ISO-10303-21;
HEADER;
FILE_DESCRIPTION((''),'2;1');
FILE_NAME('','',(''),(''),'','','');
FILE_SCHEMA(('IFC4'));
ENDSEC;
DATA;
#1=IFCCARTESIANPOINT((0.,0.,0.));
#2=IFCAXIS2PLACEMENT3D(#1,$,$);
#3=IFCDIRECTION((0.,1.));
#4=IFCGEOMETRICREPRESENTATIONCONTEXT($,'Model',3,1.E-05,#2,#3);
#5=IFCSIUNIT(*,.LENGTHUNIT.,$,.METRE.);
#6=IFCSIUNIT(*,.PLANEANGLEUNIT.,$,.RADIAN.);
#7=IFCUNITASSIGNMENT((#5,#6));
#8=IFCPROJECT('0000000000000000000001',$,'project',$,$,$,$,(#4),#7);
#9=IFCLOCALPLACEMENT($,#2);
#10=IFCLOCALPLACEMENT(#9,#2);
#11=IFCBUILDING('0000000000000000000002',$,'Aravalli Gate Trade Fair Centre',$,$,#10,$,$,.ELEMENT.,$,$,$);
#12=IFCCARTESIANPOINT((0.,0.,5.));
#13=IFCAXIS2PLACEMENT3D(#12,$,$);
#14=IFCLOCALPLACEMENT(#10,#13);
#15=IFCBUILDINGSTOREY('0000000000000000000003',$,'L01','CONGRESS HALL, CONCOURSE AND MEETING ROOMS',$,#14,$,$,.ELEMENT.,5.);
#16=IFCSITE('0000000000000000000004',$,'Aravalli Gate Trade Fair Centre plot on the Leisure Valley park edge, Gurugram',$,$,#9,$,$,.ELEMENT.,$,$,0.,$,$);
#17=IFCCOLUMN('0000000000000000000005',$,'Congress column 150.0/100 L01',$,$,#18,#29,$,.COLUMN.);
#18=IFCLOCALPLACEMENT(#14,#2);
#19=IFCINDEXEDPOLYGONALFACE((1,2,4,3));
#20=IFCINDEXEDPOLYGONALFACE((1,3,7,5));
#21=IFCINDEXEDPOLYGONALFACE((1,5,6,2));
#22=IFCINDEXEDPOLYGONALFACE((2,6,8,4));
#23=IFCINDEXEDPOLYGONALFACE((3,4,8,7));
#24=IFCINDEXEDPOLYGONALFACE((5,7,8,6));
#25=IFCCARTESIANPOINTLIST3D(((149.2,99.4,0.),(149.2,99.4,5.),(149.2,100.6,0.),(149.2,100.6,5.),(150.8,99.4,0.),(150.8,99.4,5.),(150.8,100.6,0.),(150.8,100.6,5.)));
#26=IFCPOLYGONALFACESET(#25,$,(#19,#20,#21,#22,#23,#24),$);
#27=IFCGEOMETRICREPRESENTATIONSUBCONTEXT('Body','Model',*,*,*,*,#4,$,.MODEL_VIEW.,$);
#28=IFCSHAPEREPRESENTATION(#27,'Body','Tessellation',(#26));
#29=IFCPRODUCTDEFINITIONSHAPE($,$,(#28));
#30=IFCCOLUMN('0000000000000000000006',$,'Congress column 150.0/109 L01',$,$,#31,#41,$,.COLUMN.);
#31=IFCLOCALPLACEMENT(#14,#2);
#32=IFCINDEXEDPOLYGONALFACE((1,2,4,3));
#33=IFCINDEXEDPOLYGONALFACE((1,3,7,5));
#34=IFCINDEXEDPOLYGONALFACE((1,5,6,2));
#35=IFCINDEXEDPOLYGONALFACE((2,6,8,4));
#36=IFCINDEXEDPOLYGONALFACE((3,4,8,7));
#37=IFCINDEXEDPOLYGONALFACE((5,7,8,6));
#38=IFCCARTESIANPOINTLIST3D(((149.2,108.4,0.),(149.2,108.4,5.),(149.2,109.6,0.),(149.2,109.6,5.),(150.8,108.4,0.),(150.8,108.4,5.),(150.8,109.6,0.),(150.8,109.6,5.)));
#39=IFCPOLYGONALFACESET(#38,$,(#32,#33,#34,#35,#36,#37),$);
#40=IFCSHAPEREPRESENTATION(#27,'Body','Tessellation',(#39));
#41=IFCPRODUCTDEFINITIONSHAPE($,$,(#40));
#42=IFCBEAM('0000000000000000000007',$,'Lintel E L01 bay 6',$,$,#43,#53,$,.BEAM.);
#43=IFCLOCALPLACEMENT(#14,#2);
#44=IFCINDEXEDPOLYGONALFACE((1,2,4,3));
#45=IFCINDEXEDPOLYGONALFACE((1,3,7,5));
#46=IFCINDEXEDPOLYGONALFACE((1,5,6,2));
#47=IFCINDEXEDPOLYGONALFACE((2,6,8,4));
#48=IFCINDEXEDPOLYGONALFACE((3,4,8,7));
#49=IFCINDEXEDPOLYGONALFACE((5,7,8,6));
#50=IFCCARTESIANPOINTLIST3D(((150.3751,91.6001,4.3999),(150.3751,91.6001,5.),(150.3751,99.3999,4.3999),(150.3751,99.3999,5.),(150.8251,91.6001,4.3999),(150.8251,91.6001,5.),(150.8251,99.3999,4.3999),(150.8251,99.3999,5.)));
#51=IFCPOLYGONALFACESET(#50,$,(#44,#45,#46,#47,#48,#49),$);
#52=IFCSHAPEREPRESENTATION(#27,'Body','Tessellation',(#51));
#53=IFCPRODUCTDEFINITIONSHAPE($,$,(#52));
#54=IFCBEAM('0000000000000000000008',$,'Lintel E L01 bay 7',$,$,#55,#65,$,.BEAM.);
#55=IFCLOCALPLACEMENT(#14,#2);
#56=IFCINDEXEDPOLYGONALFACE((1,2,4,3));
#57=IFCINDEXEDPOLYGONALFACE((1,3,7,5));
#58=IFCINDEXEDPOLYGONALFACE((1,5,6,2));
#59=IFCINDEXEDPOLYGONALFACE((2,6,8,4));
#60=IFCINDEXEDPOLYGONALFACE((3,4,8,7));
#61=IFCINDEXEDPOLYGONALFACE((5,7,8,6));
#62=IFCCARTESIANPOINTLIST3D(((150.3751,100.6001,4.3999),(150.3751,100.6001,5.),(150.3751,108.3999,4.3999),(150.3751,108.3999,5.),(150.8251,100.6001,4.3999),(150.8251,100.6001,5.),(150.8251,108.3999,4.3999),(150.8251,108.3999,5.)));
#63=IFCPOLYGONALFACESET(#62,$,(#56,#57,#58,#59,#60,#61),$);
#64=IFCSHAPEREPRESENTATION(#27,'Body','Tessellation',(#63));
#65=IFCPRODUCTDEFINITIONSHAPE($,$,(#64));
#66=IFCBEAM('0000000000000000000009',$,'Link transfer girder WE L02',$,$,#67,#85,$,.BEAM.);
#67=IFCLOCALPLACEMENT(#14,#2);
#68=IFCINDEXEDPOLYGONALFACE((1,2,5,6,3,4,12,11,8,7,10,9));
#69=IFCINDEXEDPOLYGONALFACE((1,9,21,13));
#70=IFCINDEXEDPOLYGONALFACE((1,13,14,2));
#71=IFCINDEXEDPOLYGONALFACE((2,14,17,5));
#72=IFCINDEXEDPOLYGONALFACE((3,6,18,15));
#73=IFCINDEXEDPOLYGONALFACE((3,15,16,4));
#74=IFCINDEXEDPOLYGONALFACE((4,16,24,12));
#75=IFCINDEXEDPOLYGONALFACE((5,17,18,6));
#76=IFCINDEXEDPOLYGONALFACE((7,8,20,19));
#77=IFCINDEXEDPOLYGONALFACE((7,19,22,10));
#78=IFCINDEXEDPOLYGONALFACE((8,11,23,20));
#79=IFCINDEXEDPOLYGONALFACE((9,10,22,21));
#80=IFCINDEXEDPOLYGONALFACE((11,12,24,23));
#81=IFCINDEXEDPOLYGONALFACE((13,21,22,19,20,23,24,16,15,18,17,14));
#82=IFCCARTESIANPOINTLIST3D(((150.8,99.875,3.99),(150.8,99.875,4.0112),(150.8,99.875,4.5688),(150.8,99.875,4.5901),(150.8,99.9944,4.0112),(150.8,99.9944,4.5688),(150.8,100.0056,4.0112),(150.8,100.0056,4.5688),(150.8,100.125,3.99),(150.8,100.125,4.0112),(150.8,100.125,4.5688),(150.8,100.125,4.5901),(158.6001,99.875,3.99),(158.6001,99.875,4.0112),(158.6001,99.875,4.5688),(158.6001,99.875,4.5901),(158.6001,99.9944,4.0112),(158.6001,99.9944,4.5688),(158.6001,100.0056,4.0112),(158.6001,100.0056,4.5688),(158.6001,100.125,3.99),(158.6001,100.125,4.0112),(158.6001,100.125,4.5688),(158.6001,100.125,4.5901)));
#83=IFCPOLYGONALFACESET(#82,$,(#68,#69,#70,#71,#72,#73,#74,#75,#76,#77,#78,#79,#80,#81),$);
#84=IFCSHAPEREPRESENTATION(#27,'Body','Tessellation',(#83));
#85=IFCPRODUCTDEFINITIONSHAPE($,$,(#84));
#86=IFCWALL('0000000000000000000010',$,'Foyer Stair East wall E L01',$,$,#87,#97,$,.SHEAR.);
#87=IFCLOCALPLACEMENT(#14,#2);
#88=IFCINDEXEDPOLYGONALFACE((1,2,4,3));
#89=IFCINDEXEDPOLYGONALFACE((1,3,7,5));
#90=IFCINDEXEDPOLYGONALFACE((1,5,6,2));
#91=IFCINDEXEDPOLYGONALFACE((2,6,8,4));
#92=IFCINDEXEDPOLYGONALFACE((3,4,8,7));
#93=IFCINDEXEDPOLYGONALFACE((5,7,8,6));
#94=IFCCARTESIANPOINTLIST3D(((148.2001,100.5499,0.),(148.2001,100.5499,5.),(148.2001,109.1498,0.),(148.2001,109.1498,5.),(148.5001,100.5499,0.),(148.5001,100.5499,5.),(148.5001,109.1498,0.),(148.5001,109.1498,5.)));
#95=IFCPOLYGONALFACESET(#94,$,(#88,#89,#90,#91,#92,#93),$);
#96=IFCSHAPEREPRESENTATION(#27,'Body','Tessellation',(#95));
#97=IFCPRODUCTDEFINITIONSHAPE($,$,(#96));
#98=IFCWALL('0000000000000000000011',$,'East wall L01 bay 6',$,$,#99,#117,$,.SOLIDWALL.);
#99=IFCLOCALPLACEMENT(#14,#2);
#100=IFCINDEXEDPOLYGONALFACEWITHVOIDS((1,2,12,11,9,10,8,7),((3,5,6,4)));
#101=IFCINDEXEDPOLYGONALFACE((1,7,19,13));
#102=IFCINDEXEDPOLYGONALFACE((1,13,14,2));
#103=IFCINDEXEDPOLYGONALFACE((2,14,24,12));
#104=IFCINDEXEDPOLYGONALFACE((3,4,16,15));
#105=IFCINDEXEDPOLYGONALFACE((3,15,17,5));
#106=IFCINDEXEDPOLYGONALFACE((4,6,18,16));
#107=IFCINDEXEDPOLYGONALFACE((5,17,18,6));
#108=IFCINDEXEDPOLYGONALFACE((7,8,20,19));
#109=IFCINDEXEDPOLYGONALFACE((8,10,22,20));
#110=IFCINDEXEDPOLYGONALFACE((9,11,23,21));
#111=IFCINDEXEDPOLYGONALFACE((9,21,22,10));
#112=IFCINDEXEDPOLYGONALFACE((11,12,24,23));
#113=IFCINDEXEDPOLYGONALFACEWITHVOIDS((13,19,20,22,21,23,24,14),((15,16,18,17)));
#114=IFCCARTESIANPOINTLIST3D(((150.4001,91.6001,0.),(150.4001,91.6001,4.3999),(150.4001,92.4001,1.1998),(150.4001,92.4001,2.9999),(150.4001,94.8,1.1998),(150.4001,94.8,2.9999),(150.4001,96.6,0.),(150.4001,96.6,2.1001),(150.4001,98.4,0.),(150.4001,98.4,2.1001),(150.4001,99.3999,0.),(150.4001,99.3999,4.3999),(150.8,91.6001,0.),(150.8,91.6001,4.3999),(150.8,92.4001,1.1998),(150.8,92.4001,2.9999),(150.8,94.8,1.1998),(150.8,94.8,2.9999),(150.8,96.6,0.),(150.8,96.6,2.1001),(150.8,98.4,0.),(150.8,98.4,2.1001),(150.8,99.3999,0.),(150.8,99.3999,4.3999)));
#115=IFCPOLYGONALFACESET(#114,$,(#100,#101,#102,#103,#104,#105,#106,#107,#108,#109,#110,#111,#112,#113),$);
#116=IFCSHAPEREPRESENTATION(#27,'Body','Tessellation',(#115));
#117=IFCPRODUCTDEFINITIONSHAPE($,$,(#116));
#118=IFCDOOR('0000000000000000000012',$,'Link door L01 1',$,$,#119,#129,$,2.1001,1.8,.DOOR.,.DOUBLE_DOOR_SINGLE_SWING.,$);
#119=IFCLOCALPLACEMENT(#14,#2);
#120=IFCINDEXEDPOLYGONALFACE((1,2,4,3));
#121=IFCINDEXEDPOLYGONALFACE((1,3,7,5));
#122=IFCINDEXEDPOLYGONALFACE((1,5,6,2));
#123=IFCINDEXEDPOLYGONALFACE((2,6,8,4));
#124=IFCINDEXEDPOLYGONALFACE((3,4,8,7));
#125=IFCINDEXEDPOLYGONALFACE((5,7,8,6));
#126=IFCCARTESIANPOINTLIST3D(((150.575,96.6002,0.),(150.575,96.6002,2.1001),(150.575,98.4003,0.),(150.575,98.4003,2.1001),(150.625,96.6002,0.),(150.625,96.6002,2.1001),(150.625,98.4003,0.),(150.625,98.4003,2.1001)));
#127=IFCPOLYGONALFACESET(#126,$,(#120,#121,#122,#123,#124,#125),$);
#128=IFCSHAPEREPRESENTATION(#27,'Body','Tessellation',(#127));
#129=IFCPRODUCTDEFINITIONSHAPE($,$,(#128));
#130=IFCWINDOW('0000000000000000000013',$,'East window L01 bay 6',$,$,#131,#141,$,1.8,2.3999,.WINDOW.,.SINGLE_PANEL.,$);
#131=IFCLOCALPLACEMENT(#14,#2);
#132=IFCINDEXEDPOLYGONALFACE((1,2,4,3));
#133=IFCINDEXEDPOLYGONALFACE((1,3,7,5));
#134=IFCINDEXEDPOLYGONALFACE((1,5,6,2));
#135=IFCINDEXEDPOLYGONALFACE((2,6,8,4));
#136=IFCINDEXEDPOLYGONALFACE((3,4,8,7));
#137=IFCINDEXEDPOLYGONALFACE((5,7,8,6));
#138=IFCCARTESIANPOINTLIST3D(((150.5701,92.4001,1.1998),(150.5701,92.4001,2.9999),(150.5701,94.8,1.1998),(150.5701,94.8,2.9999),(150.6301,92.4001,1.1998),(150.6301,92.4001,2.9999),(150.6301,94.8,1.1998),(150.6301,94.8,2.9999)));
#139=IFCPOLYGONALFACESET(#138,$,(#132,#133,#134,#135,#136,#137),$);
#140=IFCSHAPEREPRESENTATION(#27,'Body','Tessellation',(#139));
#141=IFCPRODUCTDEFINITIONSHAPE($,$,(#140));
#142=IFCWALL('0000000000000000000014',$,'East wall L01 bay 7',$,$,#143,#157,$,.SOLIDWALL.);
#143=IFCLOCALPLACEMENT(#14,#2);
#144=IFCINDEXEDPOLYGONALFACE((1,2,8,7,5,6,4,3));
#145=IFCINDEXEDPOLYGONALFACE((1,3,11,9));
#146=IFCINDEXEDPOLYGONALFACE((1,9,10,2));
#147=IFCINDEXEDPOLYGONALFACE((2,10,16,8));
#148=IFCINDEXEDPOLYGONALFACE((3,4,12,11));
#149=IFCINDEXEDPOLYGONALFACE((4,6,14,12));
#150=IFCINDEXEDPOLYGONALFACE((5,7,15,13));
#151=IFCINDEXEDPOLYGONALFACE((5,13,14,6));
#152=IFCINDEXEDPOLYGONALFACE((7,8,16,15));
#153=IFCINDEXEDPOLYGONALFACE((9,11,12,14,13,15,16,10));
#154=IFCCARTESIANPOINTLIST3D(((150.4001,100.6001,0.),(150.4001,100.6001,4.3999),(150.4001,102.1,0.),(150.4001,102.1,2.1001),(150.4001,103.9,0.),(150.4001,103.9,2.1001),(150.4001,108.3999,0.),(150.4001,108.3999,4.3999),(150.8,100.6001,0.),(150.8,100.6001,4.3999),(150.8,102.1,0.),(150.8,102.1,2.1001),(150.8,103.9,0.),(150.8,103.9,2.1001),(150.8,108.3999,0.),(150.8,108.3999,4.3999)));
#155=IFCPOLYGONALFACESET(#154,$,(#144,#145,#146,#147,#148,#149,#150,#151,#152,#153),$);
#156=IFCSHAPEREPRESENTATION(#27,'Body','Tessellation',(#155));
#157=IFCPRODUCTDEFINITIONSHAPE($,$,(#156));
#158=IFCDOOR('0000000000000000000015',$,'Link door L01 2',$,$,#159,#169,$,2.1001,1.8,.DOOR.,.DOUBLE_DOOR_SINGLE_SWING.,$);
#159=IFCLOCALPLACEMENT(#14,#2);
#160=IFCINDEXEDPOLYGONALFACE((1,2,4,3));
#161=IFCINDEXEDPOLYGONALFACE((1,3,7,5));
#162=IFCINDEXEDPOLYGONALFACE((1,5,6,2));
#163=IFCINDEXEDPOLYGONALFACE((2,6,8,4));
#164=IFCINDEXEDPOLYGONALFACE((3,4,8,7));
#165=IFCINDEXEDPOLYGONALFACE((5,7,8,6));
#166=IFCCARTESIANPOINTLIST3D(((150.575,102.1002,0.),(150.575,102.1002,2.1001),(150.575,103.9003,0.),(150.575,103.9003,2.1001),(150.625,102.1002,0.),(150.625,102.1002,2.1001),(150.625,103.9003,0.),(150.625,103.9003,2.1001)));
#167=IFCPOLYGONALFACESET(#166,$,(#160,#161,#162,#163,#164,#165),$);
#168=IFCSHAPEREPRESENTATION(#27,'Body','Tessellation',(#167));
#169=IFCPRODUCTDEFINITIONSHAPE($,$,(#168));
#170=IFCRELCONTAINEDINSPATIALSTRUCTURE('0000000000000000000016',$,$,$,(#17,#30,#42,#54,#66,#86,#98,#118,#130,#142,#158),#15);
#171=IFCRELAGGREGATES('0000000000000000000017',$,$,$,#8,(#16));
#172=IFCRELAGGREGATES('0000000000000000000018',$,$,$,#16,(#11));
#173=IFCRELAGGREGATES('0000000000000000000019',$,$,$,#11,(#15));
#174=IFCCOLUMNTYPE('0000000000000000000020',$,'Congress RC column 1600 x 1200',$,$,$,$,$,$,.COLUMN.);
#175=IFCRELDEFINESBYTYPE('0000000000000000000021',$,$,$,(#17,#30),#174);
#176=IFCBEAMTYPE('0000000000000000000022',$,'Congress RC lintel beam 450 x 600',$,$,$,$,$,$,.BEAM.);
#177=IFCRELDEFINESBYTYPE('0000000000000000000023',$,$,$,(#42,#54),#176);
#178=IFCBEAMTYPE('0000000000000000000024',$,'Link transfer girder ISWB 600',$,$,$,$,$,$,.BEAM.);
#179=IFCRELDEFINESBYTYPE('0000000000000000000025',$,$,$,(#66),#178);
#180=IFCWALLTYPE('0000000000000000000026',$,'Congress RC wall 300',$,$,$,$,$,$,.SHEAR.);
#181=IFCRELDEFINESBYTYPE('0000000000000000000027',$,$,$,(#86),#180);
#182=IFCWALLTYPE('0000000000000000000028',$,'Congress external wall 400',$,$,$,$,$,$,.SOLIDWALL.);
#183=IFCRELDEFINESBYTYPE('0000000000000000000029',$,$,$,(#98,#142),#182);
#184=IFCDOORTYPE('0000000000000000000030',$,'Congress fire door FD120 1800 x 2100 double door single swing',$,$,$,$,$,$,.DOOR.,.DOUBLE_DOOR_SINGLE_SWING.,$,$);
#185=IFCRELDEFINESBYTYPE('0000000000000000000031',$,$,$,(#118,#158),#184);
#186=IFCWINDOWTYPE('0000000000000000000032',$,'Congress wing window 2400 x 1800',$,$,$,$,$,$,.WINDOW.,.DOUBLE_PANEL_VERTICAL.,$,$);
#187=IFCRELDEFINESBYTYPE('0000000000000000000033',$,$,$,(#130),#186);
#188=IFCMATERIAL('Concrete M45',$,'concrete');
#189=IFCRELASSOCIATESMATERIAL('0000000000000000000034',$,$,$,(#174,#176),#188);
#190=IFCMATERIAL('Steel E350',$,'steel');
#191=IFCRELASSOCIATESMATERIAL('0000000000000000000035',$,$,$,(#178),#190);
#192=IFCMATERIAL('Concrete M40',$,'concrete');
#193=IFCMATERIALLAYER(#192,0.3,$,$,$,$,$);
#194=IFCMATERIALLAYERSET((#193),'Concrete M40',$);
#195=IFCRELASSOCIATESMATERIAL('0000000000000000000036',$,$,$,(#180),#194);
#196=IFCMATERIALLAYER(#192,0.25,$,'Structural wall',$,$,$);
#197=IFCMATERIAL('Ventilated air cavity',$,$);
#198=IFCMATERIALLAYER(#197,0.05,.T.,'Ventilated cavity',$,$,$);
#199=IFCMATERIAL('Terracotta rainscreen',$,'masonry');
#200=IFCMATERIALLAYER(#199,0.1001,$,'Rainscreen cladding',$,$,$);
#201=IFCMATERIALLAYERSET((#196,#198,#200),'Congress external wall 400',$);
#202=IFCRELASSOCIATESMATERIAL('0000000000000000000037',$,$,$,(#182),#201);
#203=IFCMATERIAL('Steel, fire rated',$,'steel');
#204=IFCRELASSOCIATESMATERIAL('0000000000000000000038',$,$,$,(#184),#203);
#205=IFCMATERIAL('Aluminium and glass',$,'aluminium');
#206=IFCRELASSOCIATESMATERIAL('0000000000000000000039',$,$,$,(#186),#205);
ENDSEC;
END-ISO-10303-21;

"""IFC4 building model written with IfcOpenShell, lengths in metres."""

from ifc_helpers import new_model, si_unit, direction, frame, frame_2d, origin, origin_2d, place, context, subcontext, project, spatial, rectangle, i_section, extrude, material, layer, layer_set, material_profile, profile_set, type_object, element, fill, save


model = new_model("IFC4")

# Units and contexts
model_context = context("Model", 3, precision=1e-05, world=origin(), true_north=direction((0.0, 1.0)))
body_context = subcontext(model_context, "Body", "Model", "MODEL_VIEW")
ifc_project = project(units=[si_unit("LENGTHUNIT", "METRE"), si_unit("PLANEANGLEUNIT", "RADIAN")], contexts=[model_context])

# Site, building, storey
site_placement = place(None, origin())
site = spatial("IfcSite", under=ifc_project, at=site_placement, Name="Aravalli Gate Trade Fair Centre plot on the Leisure Valley park edge, Gurugram", CompositionType="ELEMENT", RefElevation=0.0)
building_placement = place(site_placement, origin())
building = spatial("IfcBuilding", under=site, at=building_placement, Name="Aravalli Gate Trade Fair Centre", CompositionType="ELEMENT")
storey_placement = place(building_placement, frame((0.0, 0.0, 5.0)))
storey = spatial("IfcBuildingStorey", under=building, at=storey_placement, Name="L01", Description="CONGRESS HALL, CONCOURSE AND MEETING ROOMS", CompositionType="ELEMENT", Elevation=5.0)

# Columns
ifc_material_1 = material(Name="Concrete M45", Category="concrete")
ifc_material_profile_1 = material_profile(ifc_material_1, rectangle(XDim=1.6001, YDim=1.2, at=origin_2d()), Name="RC 1600x1200")
ifc_profile_set_1 = profile_set([ifc_material_profile_1], Name="Concrete M45")
column_type = type_object("IfcColumnType", Name="Congress RC column 1600 x 1200", PredefinedType="COLUMN", material=ifc_profile_set_1)
for number, where, z_axis, x_axis, name in (
    (1, (150.0, 100.0, 0.0), (0.0, 0.0, 1.0), (1.0, 0.0, 0.0), "Congress column 150.0/100 L01"),
    (2, (150.0, 109.0, 0.0), (0.0, 0.0, 1.0), (1.0, 0.0, 0.0), "Congress column 150.0/109 L01"),
):
    element("IfcColumn", number, at=place(storey_placement, frame(where, z_axis=z_axis, x_axis=x_axis)), inside=storey, type_object=column_type, Name=name, PredefinedType="COLUMN", context=body_context, shape_type="SweptSolid", body=[
        extrude(rectangle(XDim=1.6001, YDim=1.2, at=origin_2d()), origin(), (0.0, 0.0, 1.0), 5.0),
    ])

# Beams
ifc_material_profile_2 = material_profile(ifc_material_1, rectangle(XDim=0.45, YDim=0.6001, at=origin_2d()), Name="RC 450x600")
ifc_profile_set_2 = profile_set([ifc_material_profile_2], Name="Concrete M45")
beam_type_1 = type_object("IfcBeamType", Name="Congress RC lintel beam 450 x 600", PredefinedType="BEAM", material=ifc_profile_set_2)
for number, where, z_axis, x_axis, name in (
    (3, (150.6001, 91.6001, 4.7), (0.0, 1.0, 0.0), (-1.0, 0.0, 0.0), "Lintel E L01 bay 6"),
    (4, (150.6001, 100.6001, 4.7), (0.0, 1.0, 0.0), (-1.0, 0.0, 0.0), "Lintel E L01 bay 7"),
):
    element("IfcBeam", number, at=place(storey_placement, frame(where, z_axis=z_axis, x_axis=x_axis)), inside=storey, type_object=beam_type_1, Name=name, PredefinedType="BEAM", context=body_context, shape_type="SweptSolid", body=[
        extrude(rectangle(XDim=0.45, YDim=0.6001, at=origin_2d()), origin(), (0.0, 0.0, 1.0), 7.7998),
    ])
ifc_material_2 = material(Name="Steel E350", Category="steel")
ifc_material_profile_3 = material_profile(ifc_material_2, i_section(OverallWidth=0.25, OverallDepth=0.6001, WebThickness=0.0112, FlangeThickness=0.0212, at=origin_2d()), Name="ISWB 600")
ifc_profile_set_3 = profile_set([ifc_material_profile_3], Name="Steel E350")
beam_type_2 = type_object("IfcBeamType", Name="Link transfer girder ISWB 600", PredefinedType="BEAM", material=ifc_profile_set_3)
beam_placement = place(storey_placement, frame((150.8, 100.0, 4.29), z_axis=(1.0, 0.0, 0.0), x_axis=(0.0, 1.0, 0.0)))
element("IfcBeam", 5, at=beam_placement, inside=storey, type_object=beam_type_2, Name="Link transfer girder WE L02", PredefinedType="BEAM", context=body_context, shape_type="SweptSolid", body=[
    extrude(i_section(OverallWidth=0.25, OverallDepth=0.6001, WebThickness=0.0112, FlangeThickness=0.0212, at=origin_2d()), origin(), (0.0, 0.0, 1.0), 7.8),
])

# Wall
ifc_material_3 = material(Name="Concrete M40", Category="concrete")
ifc_layer_1 = layer(ifc_material_3, 0.3)
ifc_layer_set_1 = layer_set([ifc_layer_1], Name="Concrete M40")
wall_type_1 = type_object("IfcWallType", Name="Congress RC wall 300", PredefinedType="SHEAR", material=ifc_layer_set_1)
wall_1_placement = place(storey_placement, frame((148.3501, 100.55, 0.0), z_axis=(0.0, 0.0, 1.0), x_axis=(0.0, 1.0, 0.0)))
element("IfcWall", 6, at=wall_1_placement, inside=storey, type_object=wall_type_1, Name="Foyer Stair East wall E L01", PredefinedType="SHEAR", context=body_context, shape_type="SweptSolid", body=[
    extrude(rectangle(XDim=8.5999, YDim=0.3, at=frame_2d((4.2998, 0.0))), origin(), (0.0, 0.0, 1.0), 5.0),
])

# Wall, openings, door, window
ifc_layer_2 = layer(ifc_material_3, 0.25, Name="Structural wall")
ifc_material_4 = material(Name="Ventilated air cavity")
ifc_layer_3 = layer(ifc_material_4, 0.05, ventilated=True, Name="Ventilated cavity")
ifc_material_5 = material(Name="Terracotta rainscreen", Category="masonry")
ifc_layer_4 = layer(ifc_material_5, 0.1001, Name="Rainscreen cladding")
ifc_layer_set_2 = layer_set([ifc_layer_2, ifc_layer_3, ifc_layer_4], Name="Congress external wall 400")
wall_type_2 = type_object("IfcWallType", Name="Congress external wall 400", PredefinedType="SOLIDWALL", material=ifc_layer_set_2)
wall_2_placement = place(storey_placement, frame((150.6001, 91.6001, 0.0), z_axis=(0.0, 0.0, 1.0), x_axis=(0.0, 1.0, 0.0)))
wall_2 = element("IfcWall", 7, at=wall_2_placement, inside=storey, type_object=wall_type_2, Name="East wall L01 bay 6", PredefinedType="SOLIDWALL", context=body_context, shape_type="SweptSolid", body=[
    extrude(rectangle(XDim=7.7998, YDim=0.3999, at=frame_2d((3.8999, 0.0))), origin(), (0.0, 0.0, 1.0), 4.3999),
])
opening_1_placement = place(wall_2_placement, frame((5.0, 0.0, 0.0)))
opening_1 = element("IfcOpeningElement", 8, at=opening_1_placement, cuts=wall_2, PredefinedType="OPENING", context=body_context, shape_type="SweptSolid", body=[
    extrude(rectangle(XDim=1.8, YDim=2.1001, at=frame_2d((0.8999, 1.05))), frame((0.0, 0.21, 0.0), z_axis=(0.0, -1.0, 0.0), x_axis=(1.0, 0.0, 0.0)), (0.0, 0.0, 1.0), 0.4199),
])
opening_2_placement = place(wall_2_placement, frame((0.8, 0.0, 1.2)))
opening_2 = element("IfcOpeningElement", 9, at=opening_2_placement, cuts=wall_2, PredefinedType="OPENING", context=body_context, shape_type="SweptSolid", body=[
    extrude(rectangle(XDim=2.3999, YDim=1.8, at=frame_2d((1.2, 0.8999))), frame((0.0, 0.21, 0.0), z_axis=(0.0, -1.0, 0.0), x_axis=(1.0, 0.0, 0.0)), (0.0, 0.0, 1.0), 0.4199),
])
ifc_material_6 = material(Name="Steel, fire rated", Category="steel")
door_type_1 = type_object("IfcDoorType", Name="Congress fire door FD120 1800 x 2100 double door single swing", OperationType="DOUBLE_DOOR_SINGLE_SWING", PredefinedType="DOOR", material=ifc_material_6)
door_1_placement = place(opening_1_placement, frame((1.8, 0.0, 0.0), z_axis=(0.0, 0.0, 1.0), x_axis=(-1.0, 0.0, 0.0)))
door_1 = element("IfcDoor", 10, at=door_1_placement, inside=storey, type_object=door_type_1, Name="Link door L01 1", OperationType="DOUBLE_DOOR_SINGLE_SWING", OverallHeight=2.1001, OverallWidth=1.8, PredefinedType="DOOR", context=body_context, shape_type="SweptSolid", body=[
    extrude(rectangle(XDim=1.8, YDim=2.1001, at=frame_2d((0.8999, 1.05))), frame((0.0, 0.0249, 0.0), z_axis=(0.0, -1.0, 0.0), x_axis=(1.0, 0.0, 0.0)), (0.0, 0.0, 1.0), 0.05),
])
fill(opening_1, door_1)
ifc_material_7 = material(Name="Aluminium and glass", Category="aluminium")
window_type = type_object("IfcWindowType", Name="Congress wing window 2400 x 1800", PartitioningType="DOUBLE_PANEL_VERTICAL", PredefinedType="WINDOW", material=ifc_material_7)
window_placement = place(opening_2_placement, origin())
window = element("IfcWindow", 11, at=window_placement, inside=storey, type_object=window_type, Name="East window L01 bay 6", OverallHeight=1.8, OverallWidth=2.3999, PartitioningType="SINGLE_PANEL", PredefinedType="WINDOW", context=body_context, shape_type="SweptSolid", body=[
    extrude(rectangle(XDim=2.3999, YDim=1.8, at=frame_2d((1.2, 0.8999))), frame((0.0, 0.03, 0.0), z_axis=(0.0, -1.0, 0.0), x_axis=(1.0, 0.0, 0.0)), (0.0, 0.0, 1.0), 0.0601),
])
fill(opening_2, window)

# Wall, opening, door
wall_3_placement = place(storey_placement, frame((150.6001, 100.6001, 0.0), z_axis=(0.0, 0.0, 1.0), x_axis=(0.0, 1.0, 0.0)))
wall_3 = element("IfcWall", 12, at=wall_3_placement, inside=storey, type_object=wall_type_2, Name="East wall L01 bay 7", PredefinedType="SOLIDWALL", context=body_context, shape_type="SweptSolid", body=[
    extrude(rectangle(XDim=7.7998, YDim=0.3999, at=frame_2d((3.8999, 0.0))), origin(), (0.0, 0.0, 1.0), 4.3999),
])
opening_3_placement = place(wall_3_placement, frame((1.5, 0.0, 0.0)))
opening_3 = element("IfcOpeningElement", 13, at=opening_3_placement, cuts=wall_3, PredefinedType="OPENING", context=body_context, shape_type="SweptSolid", body=[
    extrude(rectangle(XDim=1.8, YDim=2.1001, at=frame_2d((0.8999, 1.05))), frame((0.0, 0.21, 0.0), z_axis=(0.0, -1.0, 0.0), x_axis=(1.0, 0.0, 0.0)), (0.0, 0.0, 1.0), 0.4199),
])
door_2_placement = place(opening_3_placement, frame((1.8, 0.0, 0.0), z_axis=(0.0, 0.0, 1.0), x_axis=(-1.0, 0.0, 0.0)))
door_2 = element("IfcDoor", 14, at=door_2_placement, inside=storey, type_object=door_type_1, Name="Link door L01 2", OperationType="DOUBLE_DOOR_SINGLE_SWING", OverallHeight=2.1001, OverallWidth=1.8, PredefinedType="DOOR", context=body_context, shape_type="SweptSolid", body=[
    extrude(rectangle(XDim=1.8, YDim=2.1001, at=frame_2d((0.8999, 1.05))), frame((0.0, 0.0249, 0.0), z_axis=(0.0, -1.0, 0.0), x_axis=(1.0, 0.0, 0.0)), (0.0, 0.0, 1.0), 0.05),
])
fill(opening_3, door_2)

save(model, "model.ifc")
